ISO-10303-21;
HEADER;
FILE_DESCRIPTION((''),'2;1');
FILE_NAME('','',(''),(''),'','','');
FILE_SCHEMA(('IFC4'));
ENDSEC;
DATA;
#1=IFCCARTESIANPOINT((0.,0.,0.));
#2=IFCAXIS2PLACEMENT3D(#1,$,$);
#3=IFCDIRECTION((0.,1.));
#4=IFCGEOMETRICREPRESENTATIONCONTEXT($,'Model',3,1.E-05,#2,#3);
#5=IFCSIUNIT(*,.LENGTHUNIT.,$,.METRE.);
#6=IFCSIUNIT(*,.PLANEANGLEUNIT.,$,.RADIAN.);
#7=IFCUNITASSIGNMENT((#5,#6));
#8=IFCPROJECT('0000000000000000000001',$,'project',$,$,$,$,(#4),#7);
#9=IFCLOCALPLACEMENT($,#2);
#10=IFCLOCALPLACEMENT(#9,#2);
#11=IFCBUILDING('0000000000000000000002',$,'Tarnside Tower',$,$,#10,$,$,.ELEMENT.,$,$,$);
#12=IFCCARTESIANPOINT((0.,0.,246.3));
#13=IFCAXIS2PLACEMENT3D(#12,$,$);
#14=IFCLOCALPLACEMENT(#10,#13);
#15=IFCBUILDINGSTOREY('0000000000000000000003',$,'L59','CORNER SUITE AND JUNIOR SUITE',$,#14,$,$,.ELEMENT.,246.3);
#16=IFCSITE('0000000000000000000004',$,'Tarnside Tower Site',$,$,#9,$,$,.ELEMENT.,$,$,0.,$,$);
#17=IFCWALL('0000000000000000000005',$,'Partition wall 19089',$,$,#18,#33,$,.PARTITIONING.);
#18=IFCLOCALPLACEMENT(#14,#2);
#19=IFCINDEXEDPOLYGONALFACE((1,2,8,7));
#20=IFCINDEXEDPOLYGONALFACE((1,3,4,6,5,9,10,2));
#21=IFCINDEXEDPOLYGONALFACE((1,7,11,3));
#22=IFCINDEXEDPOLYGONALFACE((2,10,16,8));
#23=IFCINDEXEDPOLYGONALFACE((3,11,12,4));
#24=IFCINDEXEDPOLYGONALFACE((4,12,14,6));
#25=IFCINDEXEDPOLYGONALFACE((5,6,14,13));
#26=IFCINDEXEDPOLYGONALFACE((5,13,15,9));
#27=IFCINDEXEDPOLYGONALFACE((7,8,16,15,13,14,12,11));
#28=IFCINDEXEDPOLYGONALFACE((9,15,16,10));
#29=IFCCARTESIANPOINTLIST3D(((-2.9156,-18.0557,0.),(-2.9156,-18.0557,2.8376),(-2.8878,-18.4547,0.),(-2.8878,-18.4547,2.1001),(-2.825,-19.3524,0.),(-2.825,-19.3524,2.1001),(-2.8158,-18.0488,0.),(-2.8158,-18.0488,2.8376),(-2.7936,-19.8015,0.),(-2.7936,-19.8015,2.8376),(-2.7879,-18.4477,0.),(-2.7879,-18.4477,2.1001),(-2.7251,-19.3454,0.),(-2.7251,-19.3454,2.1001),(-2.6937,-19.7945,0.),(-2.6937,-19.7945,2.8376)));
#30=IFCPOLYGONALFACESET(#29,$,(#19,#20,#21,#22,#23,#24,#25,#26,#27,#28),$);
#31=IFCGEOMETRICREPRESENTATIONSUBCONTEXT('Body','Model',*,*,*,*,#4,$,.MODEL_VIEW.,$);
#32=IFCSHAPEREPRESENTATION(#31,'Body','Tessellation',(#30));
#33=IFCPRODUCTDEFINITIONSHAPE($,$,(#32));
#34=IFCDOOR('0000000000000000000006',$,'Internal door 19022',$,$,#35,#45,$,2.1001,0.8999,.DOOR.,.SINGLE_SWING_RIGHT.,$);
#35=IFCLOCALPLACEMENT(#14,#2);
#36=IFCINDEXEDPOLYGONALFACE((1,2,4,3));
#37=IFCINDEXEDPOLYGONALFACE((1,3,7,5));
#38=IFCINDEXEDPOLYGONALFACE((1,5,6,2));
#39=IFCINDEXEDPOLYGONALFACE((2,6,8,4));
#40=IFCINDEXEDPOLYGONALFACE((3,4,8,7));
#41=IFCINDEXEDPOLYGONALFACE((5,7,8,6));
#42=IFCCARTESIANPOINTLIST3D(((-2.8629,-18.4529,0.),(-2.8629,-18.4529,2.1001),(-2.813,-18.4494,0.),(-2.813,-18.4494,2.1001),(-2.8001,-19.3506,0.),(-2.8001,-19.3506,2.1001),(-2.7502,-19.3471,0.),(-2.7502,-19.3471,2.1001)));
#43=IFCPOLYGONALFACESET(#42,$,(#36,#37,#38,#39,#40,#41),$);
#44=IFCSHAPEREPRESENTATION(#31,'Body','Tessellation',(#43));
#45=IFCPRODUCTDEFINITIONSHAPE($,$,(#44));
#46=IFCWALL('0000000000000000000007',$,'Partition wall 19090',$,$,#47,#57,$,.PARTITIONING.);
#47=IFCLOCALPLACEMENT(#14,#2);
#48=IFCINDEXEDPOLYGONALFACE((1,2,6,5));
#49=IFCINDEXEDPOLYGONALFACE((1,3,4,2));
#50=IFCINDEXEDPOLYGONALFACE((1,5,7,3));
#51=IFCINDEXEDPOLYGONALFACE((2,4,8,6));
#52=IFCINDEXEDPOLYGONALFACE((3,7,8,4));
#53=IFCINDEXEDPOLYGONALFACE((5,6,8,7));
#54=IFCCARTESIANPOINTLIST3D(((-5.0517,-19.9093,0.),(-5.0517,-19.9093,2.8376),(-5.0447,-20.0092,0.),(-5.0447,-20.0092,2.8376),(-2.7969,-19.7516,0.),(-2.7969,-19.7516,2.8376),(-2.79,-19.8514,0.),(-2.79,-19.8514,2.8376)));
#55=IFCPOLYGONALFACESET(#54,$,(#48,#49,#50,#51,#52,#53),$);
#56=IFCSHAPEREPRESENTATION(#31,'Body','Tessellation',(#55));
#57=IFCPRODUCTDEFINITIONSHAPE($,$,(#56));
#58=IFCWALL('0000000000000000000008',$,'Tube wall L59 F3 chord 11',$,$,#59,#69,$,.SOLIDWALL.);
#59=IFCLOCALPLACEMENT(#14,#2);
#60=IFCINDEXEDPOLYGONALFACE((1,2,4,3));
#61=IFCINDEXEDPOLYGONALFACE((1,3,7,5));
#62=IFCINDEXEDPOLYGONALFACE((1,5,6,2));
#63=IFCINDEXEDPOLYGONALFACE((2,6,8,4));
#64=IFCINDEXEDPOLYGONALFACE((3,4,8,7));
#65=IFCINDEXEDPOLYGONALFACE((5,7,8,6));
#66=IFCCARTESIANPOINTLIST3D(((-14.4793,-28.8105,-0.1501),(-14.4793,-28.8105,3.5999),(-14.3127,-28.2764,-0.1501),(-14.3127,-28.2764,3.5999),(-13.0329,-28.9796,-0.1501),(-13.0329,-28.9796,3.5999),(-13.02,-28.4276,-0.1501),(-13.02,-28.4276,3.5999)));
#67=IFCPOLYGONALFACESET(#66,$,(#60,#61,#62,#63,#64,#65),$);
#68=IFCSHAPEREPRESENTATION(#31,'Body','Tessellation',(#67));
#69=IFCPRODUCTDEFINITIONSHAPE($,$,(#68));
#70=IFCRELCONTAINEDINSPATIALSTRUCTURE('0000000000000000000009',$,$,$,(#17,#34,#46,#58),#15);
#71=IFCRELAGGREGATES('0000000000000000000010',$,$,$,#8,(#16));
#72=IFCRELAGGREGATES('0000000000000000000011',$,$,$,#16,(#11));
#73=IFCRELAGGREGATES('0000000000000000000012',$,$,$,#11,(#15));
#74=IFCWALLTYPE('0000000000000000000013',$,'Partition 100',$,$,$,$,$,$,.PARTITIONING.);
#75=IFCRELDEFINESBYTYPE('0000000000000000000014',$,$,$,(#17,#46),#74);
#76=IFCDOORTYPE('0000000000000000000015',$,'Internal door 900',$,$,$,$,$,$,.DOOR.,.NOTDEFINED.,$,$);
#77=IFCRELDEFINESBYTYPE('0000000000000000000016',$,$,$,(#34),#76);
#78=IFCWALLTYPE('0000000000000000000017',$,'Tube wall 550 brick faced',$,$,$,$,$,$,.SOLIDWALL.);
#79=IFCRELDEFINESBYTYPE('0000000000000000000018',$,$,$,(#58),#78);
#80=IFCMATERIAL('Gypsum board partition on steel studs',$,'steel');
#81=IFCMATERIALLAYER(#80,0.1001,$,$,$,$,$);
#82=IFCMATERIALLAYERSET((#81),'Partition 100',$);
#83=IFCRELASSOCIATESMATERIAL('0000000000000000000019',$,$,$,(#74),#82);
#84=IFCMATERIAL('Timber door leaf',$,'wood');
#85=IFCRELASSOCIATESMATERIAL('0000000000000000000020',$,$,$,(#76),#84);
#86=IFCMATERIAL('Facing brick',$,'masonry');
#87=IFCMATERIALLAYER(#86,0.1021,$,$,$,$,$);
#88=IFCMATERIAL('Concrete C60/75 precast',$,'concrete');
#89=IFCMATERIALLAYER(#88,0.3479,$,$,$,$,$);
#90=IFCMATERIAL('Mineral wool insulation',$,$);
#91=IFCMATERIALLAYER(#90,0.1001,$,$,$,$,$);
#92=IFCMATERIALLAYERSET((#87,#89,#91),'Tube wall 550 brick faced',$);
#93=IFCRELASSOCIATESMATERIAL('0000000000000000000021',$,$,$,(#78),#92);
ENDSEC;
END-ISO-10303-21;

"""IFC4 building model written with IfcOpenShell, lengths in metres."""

from ifc_helpers import new_model, si_unit, direction, frame, frame_2d, origin, place, context, subcontext, project, spatial, polyline, rectangle, outline, extrude, material, layer, layer_set, type_object, element, fill, save


model = new_model("IFC4")

# Units and contexts
model_context = context("Model", 3, precision=1e-05, world=origin(), true_north=direction((0.0, 1.0)))
body_context = subcontext(model_context, "Body", "Model", "MODEL_VIEW")
ifc_project = project(units=[si_unit("LENGTHUNIT", "METRE"), si_unit("PLANEANGLEUNIT", "RADIAN")], contexts=[model_context])

# Site, building, storey
site_placement = place(None, origin())
site = spatial("IfcSite", under=ifc_project, at=site_placement, Name="Tarnside Tower Site", CompositionType="ELEMENT", RefElevation=0.0)
building_placement = place(site_placement, origin())
building = spatial("IfcBuilding", under=site, at=building_placement, Name="Tarnside Tower", CompositionType="ELEMENT")
storey_placement = place(building_placement, frame((0.0, 0.0, 246.3)))
storey = spatial("IfcBuildingStorey", under=building, at=storey_placement, Name="L59", Description="CORNER SUITE AND JUNIOR SUITE", CompositionType="ELEMENT", Elevation=246.3)

# Shared definitions
ifc_material_1 = material(Name="Gypsum board partition on steel studs", Category="steel")
ifc_material_2 = material(Name="Timber door leaf", Category="wood")

# Wall, opening, door
ifc_layer_1 = layer(ifc_material_1, 0.1001)
ifc_layer_set_1 = layer_set([ifc_layer_1], Name="Partition 100")
wall_type_1 = type_object("IfcWallType", Name="Partition 100", PredefinedType="PARTITIONING", material=ifc_layer_set_1)
wall_1_placement = place(storey_placement, frame((-2.8657, -18.0522, 0.0), z_axis=(0.0, 0.0, 1.0), x_axis=(0.06975, -0.997565, 0.0)))
wall_1 = element("IfcWall", 1, at=wall_1_placement, inside=storey, type_object=wall_type_1, Name="Partition wall 19089", PredefinedType="PARTITIONING", context=body_context, shape_type="SweptSolid", body=[
    extrude(rectangle(XDim=1.75, YDim=0.1001, at=frame_2d((0.875, 0.0))), origin(), (0.0, 0.0, 1.0), 2.8376),
])
opening_1_placement = place(wall_1_placement, frame((0.3999, 0.0, 0.0)))
opening_1 = element("IfcOpeningElement", 2, at=opening_1_placement, cuts=wall_1, PredefinedType="OPENING", context=body_context, shape_type="SweptSolid", body=[
    extrude(rectangle(XDim=0.8999, YDim=2.1001, at=frame_2d((0.45, 1.05))), frame((0.0, 0.0601, 0.0), z_axis=(0.0, -1.0, 0.0), x_axis=(1.0, 0.0, 0.0)), (0.0, 0.0, 1.0), 0.1201),
])
door_type_1 = type_object("IfcDoorType", Name="Internal door 900", OperationType="NOTDEFINED", PredefinedType="DOOR", material=ifc_material_2)
door_1_placement = place(opening_1_placement, origin())
door_1 = element("IfcDoor", 3, at=door_1_placement, inside=storey, type_object=door_type_1, Name="Internal door 19022", OperationType="SINGLE_SWING_RIGHT", OverallHeight=2.1001, OverallWidth=0.8999, PredefinedType="DOOR", context=body_context, shape_type="SweptSolid", body=[
    extrude(rectangle(XDim=0.8999, YDim=2.1001, at=frame_2d((0.45, 1.05))), frame((0.0, 0.0249, 0.0), z_axis=(0.0, -1.0, 0.0), x_axis=(1.0, 0.0, 0.0)), (0.0, 0.0, 1.0), 0.05),
])
fill(opening_1, door_1)

# Walls
wall_2_placement = place(storey_placement, frame((-2.7935, -19.8015, 0.0), z_axis=(0.0, 0.0, 1.0), x_axis=(-0.997562, -0.069781, 0.0)))
element("IfcWall", 4, at=wall_2_placement, inside=storey, type_object=wall_type_1, Name="Partition wall 19090", PredefinedType="PARTITIONING", context=body_context, shape_type="SweptSolid", body=[
    extrude(rectangle(XDim=2.2603, YDim=0.1001, at=frame_2d((1.1301, 0.0))), origin(), (0.0, 0.0, 1.0), 2.8376),
])
ifc_material_3 = material(Name="Facing brick", Category="masonry")
ifc_layer_2 = layer(ifc_material_3, 0.1021)
ifc_material_4 = material(Name="Concrete C60/75 precast", Category="concrete")
ifc_layer_3 = layer(ifc_material_4, 0.3479)
ifc_material_5 = material(Name="Mineral wool insulation")
ifc_layer_4 = layer(ifc_material_5, 0.1001)
ifc_layer_set_2 = layer_set([ifc_layer_2, ifc_layer_3, ifc_layer_4], Name="Tube wall 550 brick faced")
wall_type_2 = type_object("IfcWallType", Name="Tube wall 550 brick faced", PredefinedType="SOLIDWALL", material=ifc_layer_set_2)
wall_3_placement = place(storey_placement, frame((-14.396, -28.5435, -0.1501), z_axis=(0.0, 0.0, 1.0), x_axis=(0.993233, -0.116143, 0.0)))
element("IfcWall", 5, at=wall_3_placement, inside=storey, type_object=wall_type_2, Name="Tube wall L59 F3 chord 11", PredefinedType="SOLIDWALL", context=body_context, shape_type="SweptSolid", body=[
    extrude(outline(polyline([(-0.0518, -0.2749), (1.4045, -0.2749), (1.3533, 0.2749), (0.0518, 0.2749), (-0.0518, -0.2749)])), origin(), (0.0, 0.0, 1.0), 3.75),
])

save(model, "model.ifc")
